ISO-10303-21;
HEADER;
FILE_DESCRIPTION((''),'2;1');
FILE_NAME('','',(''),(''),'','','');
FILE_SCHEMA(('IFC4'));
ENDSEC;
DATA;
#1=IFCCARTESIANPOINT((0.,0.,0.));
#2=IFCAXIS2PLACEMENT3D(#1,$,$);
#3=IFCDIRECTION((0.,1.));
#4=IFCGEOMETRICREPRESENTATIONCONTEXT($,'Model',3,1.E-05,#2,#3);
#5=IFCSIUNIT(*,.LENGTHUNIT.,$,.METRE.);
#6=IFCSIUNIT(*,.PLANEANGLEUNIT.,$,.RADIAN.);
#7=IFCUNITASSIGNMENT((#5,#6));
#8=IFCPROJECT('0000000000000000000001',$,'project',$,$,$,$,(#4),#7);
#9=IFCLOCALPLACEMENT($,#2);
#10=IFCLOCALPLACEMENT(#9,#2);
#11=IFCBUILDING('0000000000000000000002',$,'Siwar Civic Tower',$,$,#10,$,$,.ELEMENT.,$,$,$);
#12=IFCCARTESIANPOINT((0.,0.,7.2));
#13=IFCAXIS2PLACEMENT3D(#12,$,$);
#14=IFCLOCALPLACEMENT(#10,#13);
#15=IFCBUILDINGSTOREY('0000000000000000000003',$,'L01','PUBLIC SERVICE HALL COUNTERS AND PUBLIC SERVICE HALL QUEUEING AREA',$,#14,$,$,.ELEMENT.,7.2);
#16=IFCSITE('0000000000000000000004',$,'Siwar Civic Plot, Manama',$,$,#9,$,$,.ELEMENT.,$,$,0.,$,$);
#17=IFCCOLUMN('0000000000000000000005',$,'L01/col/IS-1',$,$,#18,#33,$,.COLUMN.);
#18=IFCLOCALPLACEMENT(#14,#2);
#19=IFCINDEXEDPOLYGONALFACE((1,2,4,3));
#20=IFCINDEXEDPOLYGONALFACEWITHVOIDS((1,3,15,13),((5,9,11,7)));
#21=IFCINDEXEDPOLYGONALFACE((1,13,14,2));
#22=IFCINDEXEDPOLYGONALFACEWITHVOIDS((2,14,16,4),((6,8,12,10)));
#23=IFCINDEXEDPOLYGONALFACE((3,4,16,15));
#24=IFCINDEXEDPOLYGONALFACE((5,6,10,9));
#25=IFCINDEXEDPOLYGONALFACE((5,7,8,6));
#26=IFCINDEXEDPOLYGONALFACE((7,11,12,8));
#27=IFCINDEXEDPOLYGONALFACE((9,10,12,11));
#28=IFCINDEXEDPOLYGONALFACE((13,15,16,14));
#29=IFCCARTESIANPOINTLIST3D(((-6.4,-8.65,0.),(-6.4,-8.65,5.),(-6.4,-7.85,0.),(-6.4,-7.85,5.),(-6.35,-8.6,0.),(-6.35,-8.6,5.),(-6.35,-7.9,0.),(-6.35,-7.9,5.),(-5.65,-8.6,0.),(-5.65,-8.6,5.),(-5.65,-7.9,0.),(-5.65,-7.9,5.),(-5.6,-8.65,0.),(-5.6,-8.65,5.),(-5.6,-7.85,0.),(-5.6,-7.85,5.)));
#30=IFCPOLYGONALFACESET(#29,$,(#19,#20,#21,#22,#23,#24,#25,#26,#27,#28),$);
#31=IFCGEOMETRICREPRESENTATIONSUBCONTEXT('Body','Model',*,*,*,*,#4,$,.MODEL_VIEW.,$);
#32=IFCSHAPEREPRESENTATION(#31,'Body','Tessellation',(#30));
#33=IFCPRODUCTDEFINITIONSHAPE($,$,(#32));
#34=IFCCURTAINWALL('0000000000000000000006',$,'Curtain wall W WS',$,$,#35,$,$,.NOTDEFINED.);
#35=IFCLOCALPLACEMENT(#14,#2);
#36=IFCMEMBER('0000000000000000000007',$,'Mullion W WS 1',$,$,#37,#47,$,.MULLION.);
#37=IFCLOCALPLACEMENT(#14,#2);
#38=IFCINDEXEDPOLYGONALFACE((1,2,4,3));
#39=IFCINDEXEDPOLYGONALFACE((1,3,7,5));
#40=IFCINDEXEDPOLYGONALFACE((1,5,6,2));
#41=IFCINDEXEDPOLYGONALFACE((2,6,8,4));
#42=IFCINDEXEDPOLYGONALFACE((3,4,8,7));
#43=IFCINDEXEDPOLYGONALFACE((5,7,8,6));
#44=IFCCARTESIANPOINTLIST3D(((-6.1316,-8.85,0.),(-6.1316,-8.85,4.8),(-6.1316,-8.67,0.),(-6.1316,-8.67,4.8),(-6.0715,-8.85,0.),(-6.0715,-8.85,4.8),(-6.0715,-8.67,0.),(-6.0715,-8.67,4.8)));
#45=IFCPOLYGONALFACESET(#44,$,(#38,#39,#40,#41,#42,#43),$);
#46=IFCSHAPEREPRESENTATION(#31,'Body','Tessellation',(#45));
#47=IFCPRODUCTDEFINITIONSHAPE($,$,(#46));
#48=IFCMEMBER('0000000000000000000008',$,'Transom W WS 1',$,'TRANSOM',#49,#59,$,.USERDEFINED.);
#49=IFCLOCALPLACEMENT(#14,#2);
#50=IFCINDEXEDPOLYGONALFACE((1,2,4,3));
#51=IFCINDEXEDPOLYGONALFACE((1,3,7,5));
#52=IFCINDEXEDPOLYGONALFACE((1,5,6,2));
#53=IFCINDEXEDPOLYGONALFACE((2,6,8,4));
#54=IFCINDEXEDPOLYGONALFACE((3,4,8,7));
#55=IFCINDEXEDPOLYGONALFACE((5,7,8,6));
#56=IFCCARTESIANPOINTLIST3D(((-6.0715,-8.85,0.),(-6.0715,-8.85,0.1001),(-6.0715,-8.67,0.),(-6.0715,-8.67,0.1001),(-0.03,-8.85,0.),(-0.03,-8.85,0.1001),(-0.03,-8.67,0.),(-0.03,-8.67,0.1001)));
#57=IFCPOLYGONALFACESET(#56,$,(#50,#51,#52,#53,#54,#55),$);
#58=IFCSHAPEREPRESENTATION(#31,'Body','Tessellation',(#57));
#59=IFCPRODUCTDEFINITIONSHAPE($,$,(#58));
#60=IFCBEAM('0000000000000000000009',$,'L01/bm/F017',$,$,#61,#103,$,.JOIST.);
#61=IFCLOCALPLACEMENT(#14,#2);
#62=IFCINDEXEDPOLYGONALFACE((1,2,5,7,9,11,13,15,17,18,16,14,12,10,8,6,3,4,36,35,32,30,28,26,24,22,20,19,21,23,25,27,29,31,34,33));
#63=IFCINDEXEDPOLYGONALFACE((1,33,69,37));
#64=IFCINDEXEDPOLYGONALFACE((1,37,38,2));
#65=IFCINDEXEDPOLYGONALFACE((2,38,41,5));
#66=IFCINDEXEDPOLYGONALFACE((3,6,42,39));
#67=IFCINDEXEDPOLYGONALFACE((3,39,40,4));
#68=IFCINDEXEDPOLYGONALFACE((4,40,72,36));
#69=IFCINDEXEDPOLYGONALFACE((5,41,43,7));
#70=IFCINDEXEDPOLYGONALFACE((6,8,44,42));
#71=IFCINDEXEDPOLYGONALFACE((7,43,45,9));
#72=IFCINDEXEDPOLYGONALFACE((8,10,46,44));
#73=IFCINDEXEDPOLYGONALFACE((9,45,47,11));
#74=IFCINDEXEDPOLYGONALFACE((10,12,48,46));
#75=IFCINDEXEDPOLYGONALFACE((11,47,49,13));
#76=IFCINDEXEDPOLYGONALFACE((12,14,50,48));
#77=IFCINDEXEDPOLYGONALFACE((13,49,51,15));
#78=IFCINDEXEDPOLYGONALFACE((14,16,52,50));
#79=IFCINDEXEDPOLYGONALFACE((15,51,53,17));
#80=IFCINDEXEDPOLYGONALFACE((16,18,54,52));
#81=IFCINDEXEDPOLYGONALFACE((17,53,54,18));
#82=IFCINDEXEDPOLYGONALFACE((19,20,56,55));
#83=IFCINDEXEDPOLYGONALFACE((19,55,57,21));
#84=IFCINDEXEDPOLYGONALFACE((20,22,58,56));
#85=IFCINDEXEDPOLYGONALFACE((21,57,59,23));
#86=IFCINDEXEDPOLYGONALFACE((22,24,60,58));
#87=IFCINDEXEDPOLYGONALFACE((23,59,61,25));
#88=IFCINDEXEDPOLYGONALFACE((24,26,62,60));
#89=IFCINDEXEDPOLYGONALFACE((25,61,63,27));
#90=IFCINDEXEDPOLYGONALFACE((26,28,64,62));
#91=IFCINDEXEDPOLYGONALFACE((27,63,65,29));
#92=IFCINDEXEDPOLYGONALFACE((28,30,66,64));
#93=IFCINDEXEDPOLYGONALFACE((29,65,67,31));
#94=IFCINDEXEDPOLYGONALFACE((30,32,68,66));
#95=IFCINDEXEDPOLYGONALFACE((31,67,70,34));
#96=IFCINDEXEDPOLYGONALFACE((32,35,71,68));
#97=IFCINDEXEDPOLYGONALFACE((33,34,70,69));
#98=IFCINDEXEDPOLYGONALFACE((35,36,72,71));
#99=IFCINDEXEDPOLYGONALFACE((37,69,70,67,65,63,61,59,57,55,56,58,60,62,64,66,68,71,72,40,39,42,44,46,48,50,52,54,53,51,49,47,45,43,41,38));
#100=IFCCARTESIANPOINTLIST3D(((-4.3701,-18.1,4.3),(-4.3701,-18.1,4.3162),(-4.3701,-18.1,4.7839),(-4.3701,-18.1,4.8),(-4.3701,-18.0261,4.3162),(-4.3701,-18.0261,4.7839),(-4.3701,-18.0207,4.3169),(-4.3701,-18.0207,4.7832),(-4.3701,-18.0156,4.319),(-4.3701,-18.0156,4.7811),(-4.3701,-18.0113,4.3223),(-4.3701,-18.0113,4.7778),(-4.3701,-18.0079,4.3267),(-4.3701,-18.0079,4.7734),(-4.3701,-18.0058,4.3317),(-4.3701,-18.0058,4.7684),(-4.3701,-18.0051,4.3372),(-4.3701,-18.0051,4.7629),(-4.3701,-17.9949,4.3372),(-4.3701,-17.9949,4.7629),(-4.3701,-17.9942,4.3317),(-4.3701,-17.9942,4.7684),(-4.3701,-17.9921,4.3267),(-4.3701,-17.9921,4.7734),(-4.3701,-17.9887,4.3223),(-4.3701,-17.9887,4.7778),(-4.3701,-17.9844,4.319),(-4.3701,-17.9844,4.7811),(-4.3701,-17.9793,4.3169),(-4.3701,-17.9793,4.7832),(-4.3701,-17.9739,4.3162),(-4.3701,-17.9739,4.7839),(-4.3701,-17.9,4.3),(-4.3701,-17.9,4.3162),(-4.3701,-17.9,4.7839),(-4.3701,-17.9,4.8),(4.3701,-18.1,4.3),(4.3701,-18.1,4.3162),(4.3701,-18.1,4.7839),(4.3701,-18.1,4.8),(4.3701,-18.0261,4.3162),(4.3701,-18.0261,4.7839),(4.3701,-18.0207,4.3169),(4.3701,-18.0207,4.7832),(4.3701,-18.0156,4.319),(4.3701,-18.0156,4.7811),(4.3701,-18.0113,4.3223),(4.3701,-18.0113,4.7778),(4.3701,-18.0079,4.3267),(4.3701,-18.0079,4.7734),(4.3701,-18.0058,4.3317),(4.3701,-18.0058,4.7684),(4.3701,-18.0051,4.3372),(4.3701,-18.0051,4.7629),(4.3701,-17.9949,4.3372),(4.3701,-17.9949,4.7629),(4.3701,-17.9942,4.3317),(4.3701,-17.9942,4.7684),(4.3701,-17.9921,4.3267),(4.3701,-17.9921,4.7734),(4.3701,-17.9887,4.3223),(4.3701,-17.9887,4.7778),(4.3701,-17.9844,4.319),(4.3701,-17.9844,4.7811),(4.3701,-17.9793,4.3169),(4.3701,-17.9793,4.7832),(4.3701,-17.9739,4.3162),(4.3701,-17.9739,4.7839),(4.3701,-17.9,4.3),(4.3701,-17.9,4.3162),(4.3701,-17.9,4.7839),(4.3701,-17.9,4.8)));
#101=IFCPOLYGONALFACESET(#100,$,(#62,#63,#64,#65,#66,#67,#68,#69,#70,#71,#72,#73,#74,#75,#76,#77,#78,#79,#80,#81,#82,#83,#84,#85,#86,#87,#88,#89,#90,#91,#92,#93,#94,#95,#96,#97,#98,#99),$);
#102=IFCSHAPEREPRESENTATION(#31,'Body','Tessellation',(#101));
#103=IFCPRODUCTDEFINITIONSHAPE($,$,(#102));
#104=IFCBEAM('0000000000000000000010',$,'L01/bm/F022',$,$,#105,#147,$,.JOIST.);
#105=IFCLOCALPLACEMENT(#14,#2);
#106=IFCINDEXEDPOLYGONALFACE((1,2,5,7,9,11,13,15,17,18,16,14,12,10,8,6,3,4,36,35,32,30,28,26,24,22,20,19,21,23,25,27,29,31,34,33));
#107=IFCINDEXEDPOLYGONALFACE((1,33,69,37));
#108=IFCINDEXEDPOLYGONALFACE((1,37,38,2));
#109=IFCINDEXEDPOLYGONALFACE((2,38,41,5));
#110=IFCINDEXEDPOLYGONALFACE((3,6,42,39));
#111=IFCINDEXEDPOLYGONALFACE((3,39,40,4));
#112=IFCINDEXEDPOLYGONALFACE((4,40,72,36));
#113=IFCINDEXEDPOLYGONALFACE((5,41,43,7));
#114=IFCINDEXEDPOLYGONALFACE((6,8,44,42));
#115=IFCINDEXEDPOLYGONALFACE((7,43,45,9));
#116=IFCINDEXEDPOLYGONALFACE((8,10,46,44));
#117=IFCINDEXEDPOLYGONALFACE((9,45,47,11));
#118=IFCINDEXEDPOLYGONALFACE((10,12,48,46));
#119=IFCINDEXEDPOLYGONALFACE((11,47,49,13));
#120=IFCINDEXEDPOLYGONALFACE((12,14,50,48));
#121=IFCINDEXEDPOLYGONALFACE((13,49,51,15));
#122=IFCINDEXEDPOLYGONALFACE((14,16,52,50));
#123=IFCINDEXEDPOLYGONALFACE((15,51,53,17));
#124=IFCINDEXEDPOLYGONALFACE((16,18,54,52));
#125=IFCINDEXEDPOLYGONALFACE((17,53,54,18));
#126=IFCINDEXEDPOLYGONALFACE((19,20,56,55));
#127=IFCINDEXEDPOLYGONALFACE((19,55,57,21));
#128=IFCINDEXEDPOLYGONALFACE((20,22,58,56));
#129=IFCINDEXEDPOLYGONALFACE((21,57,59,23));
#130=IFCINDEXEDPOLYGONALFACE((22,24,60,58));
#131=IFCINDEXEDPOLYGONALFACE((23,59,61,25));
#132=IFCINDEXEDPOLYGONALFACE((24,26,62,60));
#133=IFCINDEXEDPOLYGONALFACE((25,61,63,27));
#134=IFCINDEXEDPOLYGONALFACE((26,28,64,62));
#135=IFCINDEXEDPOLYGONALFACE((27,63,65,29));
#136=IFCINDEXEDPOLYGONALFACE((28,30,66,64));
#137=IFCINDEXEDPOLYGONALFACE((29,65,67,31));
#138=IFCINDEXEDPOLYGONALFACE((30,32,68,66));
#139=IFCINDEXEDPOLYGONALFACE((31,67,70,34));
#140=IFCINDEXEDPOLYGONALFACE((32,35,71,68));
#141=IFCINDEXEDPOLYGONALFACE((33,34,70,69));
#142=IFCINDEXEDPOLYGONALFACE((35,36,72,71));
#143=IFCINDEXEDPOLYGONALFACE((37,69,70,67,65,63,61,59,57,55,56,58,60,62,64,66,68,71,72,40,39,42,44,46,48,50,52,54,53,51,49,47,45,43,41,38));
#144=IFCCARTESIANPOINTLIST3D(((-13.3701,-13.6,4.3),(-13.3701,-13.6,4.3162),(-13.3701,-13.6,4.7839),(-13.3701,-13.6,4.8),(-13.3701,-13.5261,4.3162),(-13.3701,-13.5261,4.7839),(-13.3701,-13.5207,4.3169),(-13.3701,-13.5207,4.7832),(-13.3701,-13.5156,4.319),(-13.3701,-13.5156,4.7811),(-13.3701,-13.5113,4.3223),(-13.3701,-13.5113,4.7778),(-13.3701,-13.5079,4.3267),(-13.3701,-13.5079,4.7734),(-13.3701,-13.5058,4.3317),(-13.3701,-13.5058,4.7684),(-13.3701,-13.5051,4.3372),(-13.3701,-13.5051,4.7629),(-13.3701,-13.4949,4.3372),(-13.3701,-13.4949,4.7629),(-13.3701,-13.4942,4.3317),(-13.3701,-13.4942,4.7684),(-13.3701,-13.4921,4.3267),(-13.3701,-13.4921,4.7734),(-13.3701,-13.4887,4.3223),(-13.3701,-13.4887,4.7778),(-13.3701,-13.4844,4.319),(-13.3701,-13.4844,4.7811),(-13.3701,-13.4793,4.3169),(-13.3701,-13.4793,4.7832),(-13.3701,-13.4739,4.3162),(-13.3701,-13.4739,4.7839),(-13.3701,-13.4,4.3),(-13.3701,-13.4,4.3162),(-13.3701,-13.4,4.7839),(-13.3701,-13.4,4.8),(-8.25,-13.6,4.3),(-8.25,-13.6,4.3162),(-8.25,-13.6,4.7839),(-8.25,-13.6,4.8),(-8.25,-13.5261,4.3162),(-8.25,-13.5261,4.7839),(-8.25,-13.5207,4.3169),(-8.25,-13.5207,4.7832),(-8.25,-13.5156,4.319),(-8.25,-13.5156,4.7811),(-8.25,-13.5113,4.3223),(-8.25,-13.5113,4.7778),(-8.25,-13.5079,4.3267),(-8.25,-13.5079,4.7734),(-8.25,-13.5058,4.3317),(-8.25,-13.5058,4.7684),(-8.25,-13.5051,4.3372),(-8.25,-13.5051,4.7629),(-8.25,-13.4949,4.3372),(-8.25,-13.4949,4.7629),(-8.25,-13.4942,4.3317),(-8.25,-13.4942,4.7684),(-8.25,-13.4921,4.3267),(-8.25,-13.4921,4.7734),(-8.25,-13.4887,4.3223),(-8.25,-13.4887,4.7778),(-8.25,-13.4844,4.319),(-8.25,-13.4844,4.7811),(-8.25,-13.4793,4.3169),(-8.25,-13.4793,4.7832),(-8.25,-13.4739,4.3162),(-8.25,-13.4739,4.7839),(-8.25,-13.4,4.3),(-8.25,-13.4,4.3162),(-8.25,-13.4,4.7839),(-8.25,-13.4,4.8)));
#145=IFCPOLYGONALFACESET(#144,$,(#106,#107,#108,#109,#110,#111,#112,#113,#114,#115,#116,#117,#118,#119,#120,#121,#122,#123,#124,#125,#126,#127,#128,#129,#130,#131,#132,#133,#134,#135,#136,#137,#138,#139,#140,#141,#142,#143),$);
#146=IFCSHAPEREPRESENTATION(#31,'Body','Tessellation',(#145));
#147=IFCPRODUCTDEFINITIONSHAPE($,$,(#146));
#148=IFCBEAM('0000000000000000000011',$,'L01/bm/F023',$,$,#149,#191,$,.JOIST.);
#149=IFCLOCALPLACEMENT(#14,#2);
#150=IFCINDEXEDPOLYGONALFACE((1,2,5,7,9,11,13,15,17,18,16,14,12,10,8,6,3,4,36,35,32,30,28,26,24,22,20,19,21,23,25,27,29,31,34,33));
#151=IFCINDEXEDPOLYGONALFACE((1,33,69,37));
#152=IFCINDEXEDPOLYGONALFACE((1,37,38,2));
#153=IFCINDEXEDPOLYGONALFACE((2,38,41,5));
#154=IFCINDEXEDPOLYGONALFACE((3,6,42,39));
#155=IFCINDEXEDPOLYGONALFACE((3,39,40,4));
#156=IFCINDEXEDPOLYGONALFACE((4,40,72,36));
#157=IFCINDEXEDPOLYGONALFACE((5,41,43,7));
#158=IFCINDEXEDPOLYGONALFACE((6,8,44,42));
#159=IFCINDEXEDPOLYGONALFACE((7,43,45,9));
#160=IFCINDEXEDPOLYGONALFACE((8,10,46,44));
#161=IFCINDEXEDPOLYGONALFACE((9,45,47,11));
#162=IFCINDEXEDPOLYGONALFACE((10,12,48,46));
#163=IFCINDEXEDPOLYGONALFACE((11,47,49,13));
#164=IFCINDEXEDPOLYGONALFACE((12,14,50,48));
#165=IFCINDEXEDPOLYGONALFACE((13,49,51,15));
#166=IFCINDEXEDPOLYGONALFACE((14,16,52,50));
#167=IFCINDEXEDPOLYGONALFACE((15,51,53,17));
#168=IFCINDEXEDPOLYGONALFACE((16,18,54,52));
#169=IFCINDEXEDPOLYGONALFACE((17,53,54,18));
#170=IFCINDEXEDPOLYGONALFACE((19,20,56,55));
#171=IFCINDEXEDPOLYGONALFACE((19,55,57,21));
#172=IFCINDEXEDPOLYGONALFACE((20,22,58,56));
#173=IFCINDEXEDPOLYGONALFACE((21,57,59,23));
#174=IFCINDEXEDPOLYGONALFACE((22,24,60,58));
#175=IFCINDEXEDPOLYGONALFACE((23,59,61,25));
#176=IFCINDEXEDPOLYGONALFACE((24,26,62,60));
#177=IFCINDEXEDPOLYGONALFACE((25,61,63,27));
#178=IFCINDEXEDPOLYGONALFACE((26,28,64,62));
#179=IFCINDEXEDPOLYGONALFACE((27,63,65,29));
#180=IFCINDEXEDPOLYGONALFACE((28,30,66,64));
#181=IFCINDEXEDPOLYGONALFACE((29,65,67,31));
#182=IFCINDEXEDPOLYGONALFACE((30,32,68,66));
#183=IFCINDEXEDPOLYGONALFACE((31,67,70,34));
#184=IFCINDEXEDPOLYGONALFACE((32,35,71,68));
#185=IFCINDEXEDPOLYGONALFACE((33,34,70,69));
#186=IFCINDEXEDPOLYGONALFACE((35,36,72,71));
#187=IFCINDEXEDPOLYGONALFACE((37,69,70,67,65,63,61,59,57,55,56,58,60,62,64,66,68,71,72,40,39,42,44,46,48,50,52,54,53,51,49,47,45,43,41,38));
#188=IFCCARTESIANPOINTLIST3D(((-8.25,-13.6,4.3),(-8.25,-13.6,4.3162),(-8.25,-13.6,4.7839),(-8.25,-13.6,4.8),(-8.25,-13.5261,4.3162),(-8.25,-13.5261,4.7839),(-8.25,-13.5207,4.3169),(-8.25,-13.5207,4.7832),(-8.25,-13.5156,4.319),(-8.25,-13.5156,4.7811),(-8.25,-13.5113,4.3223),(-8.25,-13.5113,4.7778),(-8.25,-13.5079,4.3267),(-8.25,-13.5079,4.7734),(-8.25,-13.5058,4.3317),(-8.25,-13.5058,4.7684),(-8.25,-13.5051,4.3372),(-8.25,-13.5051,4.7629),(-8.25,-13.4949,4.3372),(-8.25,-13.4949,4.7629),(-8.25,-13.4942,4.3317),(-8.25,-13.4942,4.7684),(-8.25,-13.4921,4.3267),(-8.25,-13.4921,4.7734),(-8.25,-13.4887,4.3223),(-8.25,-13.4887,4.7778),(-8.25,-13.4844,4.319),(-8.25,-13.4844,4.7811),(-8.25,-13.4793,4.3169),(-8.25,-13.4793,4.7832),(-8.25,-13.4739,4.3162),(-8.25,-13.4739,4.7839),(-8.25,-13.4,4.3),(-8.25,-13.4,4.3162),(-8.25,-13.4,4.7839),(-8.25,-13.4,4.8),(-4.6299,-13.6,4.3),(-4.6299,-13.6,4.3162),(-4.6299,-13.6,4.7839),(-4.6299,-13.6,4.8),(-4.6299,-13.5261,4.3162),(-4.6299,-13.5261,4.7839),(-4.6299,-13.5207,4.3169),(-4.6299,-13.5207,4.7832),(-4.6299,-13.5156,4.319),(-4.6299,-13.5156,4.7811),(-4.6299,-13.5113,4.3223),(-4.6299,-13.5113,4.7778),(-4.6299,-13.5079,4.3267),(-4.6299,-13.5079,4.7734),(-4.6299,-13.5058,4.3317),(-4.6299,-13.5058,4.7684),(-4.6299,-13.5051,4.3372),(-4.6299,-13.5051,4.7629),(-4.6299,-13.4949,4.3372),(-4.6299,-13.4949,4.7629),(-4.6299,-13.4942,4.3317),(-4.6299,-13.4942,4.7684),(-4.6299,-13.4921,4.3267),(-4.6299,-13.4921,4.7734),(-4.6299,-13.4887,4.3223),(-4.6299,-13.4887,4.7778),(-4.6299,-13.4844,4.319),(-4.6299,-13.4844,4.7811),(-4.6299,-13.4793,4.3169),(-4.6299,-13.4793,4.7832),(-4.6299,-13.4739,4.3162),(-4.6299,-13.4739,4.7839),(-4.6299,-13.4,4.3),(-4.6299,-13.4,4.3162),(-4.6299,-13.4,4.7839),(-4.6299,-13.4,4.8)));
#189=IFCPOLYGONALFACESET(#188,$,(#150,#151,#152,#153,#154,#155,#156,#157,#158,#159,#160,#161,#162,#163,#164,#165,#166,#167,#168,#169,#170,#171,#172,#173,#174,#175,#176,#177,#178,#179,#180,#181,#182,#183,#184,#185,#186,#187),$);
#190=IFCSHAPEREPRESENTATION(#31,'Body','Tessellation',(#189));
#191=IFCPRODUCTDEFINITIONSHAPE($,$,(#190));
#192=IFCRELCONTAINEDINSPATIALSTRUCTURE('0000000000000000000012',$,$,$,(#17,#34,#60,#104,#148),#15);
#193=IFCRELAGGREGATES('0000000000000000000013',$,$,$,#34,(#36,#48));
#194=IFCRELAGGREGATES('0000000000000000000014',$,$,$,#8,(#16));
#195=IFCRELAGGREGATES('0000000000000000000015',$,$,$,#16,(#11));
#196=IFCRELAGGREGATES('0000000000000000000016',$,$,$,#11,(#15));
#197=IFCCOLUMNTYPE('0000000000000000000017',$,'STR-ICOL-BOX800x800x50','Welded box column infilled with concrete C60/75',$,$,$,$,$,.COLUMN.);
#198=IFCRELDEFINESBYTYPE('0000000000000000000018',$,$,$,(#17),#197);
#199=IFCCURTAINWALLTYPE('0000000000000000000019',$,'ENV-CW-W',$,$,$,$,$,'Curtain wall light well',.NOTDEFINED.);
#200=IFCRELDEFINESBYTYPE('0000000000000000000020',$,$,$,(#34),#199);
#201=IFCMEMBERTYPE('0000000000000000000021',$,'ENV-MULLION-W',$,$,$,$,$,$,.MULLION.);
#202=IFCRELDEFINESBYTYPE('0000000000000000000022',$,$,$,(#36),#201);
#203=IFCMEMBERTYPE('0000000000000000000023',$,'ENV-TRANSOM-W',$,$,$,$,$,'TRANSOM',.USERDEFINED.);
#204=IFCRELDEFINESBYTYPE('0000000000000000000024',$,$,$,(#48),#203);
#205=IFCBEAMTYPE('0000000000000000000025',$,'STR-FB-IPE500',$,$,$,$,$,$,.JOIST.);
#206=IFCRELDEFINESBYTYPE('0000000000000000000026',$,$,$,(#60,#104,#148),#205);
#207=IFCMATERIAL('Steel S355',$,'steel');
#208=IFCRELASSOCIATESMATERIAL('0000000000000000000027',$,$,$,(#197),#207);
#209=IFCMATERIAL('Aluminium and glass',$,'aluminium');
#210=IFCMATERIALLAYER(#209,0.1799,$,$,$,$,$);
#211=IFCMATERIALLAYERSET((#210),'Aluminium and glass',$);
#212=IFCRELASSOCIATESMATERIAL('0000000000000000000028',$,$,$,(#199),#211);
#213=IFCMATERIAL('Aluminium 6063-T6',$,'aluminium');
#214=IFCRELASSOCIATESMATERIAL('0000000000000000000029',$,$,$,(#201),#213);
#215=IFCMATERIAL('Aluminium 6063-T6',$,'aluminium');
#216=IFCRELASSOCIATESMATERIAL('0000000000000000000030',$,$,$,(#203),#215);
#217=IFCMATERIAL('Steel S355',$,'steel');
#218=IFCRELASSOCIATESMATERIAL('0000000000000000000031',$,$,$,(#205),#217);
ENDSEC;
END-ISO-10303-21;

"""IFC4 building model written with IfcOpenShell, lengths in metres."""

from ifc_helpers import new_model, si_unit, direction, frame, origin, origin_2d, place, context, subcontext, project, spatial, rectangle, hollow_rectangle, i_section, extrude, material, layer, layer_set, material_profile, profile_set, type_object, element, aggregate, save


model = new_model("IFC4")

# Units and contexts
model_context = context("Model", 3, precision=1e-05, world=origin(), true_north=direction((0.0, 1.0)))
body_context = subcontext(model_context, "Body", "Model", "MODEL_VIEW")
ifc_project = project(units=[si_unit("LENGTHUNIT", "METRE"), si_unit("PLANEANGLEUNIT", "RADIAN")], contexts=[model_context])

# Site, building, storey
site_placement = place(None, origin())
site = spatial("IfcSite", under=ifc_project, at=site_placement, Name="Siwar Civic Plot, Manama", CompositionType="ELEMENT", RefElevation=0.0)
building_placement = place(site_placement, origin())
building = spatial("IfcBuilding", under=site, at=building_placement, Name="Siwar Civic Tower", CompositionType="ELEMENT")
storey_placement = place(building_placement, frame((0.0, 0.0, 7.2)))
storey = spatial("IfcBuildingStorey", under=building, at=storey_placement, Name="L01", Description="PUBLIC SERVICE HALL COUNTERS AND PUBLIC SERVICE HALL QUEUEING AREA", CompositionType="ELEMENT", Elevation=7.2)

# Column
ifc_material_1 = material(Name="Steel S355", Category="steel")
ifc_material_profile_1 = material_profile(ifc_material_1, hollow_rectangle(XDim=0.8, YDim=0.8, WallThickness=0.05, at=origin_2d()), Name="BOX800x800x50")
ifc_profile_set_1 = profile_set([ifc_material_profile_1], Name="Steel S355")
column_type = type_object("IfcColumnType", Name="STR-ICOL-BOX800x800x50", Description="Welded box column infilled with concrete C60/75", PredefinedType="COLUMN", material=ifc_profile_set_1)
column_placement = place(storey_placement, frame((-6.0, -8.25, 0.0), z_axis=(0.0, 0.0, 1.0), x_axis=(1.0, 0.0, 0.0)))
element("IfcColumn", 1, at=column_placement, inside=storey, type_object=column_type, Name="L01/col/IS-1", PredefinedType="COLUMN", context=body_context, shape_type="SweptSolid", body=[
    extrude(hollow_rectangle(XDim=0.8, YDim=0.8, WallThickness=0.05, at=origin_2d()), origin(), (0.0, 0.0, 1.0), 5.0),
])

# Curtain wall, members
ifc_material_2 = material(Name="Aluminium and glass", Category="aluminium")
ifc_layer_1 = layer(ifc_material_2, 0.1799)
ifc_layer_set_1 = layer_set([ifc_layer_1], Name="Aluminium and glass")
curtain_wall_type = type_object("IfcCurtainWallType", Name="ENV-CW-W", ElementType="Curtain wall light well", PredefinedType="NOTDEFINED", material=ifc_layer_set_1)
curtain_wall_placement = place(storey_placement, origin())
curtain_wall = element("IfcCurtainWall", 2, at=curtain_wall_placement, inside=storey, type_object=curtain_wall_type, Name="Curtain wall W WS", PredefinedType="NOTDEFINED")
ifc_material_3 = material(Name="Aluminium 6063-T6", Category="aluminium")
ifc_material_profile_2 = material_profile(ifc_material_3, rectangle(XDim=0.1799, YDim=0.0601, at=origin_2d()), Name="AL 180x60")
ifc_profile_set_2 = profile_set([ifc_material_profile_2], Name="Aluminium 6063-T6")
member_type_1 = type_object("IfcMemberType", Name="ENV-MULLION-W", PredefinedType="MULLION", material=ifc_profile_set_2)
member_1_placement = place(storey_placement, frame((-6.1016, -8.76, 0.0), z_axis=(0.0, 0.0, 1.0), x_axis=(0.0, 1.0, 0.0)))
member_1 = element("IfcMember", 3, at=member_1_placement, type_object=member_type_1, Name="Mullion W WS 1", PredefinedType="MULLION", context=body_context, shape_type="SweptSolid", body=[
    extrude(rectangle(XDim=0.1799, YDim=0.0601, at=origin_2d()), origin(), (0.0, 0.0, 1.0), 4.8),
])
ifc_material_4 = material(Name="Aluminium 6063-T6", Category="aluminium")
ifc_material_profile_3 = material_profile(ifc_material_4, rectangle(XDim=0.1799, YDim=0.1001, at=origin_2d()), Name="AL 180x100")
ifc_profile_set_3 = profile_set([ifc_material_profile_3], Name="Aluminium 6063-T6")
member_type_2 = type_object("IfcMemberType", Name="ENV-TRANSOM-W", ElementType="TRANSOM", PredefinedType="USERDEFINED", material=ifc_profile_set_3)
member_2_placement = place(storey_placement, frame((-6.0715, -8.76, 0.05), z_axis=(1.0, 0.0, 0.0), x_axis=(0.0, 1.0, 0.0)))
member_2 = element("IfcMember", 4, at=member_2_placement, type_object=member_type_2, Name="Transom W WS 1", ObjectType="TRANSOM", PredefinedType="USERDEFINED", context=body_context, shape_type="SweptSolid", body=[
    extrude(rectangle(XDim=0.1799, YDim=0.1001, at=origin_2d()), origin(), (0.0, 0.0, 1.0), 6.0415),
])

# Beams
ifc_material_5 = material(Name="Steel S355", Category="steel")
ifc_material_profile_4 = material_profile(ifc_material_5, i_section(OverallWidth=0.2, OverallDepth=0.5, WebThickness=0.0103, FlangeThickness=0.0161, FilletRadius=0.021, at=origin_2d()), Name="IPE500")
ifc_profile_set_4 = profile_set([ifc_material_profile_4], Name="Steel S355")
beam_type = type_object("IfcBeamType", Name="STR-FB-IPE500", PredefinedType="JOIST", material=ifc_profile_set_4)
beam_1_placement = place(storey_placement, frame((-4.3701, -18.0, 4.55), z_axis=(1.0, 0.0, 0.0), x_axis=(0.0, 1.0, 0.0)))
element("IfcBeam", 5, at=beam_1_placement, inside=storey, type_object=beam_type, Name="L01/bm/F017", PredefinedType="JOIST", context=body_context, shape_type="SweptSolid", body=[
    extrude(i_section(OverallWidth=0.2, OverallDepth=0.5, WebThickness=0.0103, FlangeThickness=0.0161, FilletRadius=0.021, at=origin_2d()), origin(), (0.0, 0.0, 1.0), 8.7402),
])
beam_2_placement = place(storey_placement, frame((-13.3701, -13.5, 4.55), z_axis=(1.0, 0.0, 0.0), x_axis=(0.0, 1.0, 0.0)))
element("IfcBeam", 6, at=beam_2_placement, inside=storey, type_object=beam_type, Name="L01/bm/F022", PredefinedType="JOIST", context=body_context, shape_type="SweptSolid", body=[
    extrude(i_section(OverallWidth=0.2, OverallDepth=0.5, WebThickness=0.0103, FlangeThickness=0.0161, FilletRadius=0.021, at=origin_2d()), origin(), (0.0, 0.0, 1.0), 5.1201),
])
beam_3_placement = place(storey_placement, frame((-8.25, -13.5, 4.55), z_axis=(1.0, 0.0, 0.0), x_axis=(0.0, 1.0, 0.0)))
element("IfcBeam", 7, at=beam_3_placement, inside=storey, type_object=beam_type, Name="L01/bm/F023", PredefinedType="JOIST", context=body_context, shape_type="SweptSolid", body=[
    extrude(i_section(OverallWidth=0.2, OverallDepth=0.5, WebThickness=0.0103, FlangeThickness=0.0161, FilletRadius=0.021, at=origin_2d()), origin(), (0.0, 0.0, 1.0), 3.6201),
])

aggregate(curtain_wall, [member_1, member_2])

save(model, "model.ifc")
